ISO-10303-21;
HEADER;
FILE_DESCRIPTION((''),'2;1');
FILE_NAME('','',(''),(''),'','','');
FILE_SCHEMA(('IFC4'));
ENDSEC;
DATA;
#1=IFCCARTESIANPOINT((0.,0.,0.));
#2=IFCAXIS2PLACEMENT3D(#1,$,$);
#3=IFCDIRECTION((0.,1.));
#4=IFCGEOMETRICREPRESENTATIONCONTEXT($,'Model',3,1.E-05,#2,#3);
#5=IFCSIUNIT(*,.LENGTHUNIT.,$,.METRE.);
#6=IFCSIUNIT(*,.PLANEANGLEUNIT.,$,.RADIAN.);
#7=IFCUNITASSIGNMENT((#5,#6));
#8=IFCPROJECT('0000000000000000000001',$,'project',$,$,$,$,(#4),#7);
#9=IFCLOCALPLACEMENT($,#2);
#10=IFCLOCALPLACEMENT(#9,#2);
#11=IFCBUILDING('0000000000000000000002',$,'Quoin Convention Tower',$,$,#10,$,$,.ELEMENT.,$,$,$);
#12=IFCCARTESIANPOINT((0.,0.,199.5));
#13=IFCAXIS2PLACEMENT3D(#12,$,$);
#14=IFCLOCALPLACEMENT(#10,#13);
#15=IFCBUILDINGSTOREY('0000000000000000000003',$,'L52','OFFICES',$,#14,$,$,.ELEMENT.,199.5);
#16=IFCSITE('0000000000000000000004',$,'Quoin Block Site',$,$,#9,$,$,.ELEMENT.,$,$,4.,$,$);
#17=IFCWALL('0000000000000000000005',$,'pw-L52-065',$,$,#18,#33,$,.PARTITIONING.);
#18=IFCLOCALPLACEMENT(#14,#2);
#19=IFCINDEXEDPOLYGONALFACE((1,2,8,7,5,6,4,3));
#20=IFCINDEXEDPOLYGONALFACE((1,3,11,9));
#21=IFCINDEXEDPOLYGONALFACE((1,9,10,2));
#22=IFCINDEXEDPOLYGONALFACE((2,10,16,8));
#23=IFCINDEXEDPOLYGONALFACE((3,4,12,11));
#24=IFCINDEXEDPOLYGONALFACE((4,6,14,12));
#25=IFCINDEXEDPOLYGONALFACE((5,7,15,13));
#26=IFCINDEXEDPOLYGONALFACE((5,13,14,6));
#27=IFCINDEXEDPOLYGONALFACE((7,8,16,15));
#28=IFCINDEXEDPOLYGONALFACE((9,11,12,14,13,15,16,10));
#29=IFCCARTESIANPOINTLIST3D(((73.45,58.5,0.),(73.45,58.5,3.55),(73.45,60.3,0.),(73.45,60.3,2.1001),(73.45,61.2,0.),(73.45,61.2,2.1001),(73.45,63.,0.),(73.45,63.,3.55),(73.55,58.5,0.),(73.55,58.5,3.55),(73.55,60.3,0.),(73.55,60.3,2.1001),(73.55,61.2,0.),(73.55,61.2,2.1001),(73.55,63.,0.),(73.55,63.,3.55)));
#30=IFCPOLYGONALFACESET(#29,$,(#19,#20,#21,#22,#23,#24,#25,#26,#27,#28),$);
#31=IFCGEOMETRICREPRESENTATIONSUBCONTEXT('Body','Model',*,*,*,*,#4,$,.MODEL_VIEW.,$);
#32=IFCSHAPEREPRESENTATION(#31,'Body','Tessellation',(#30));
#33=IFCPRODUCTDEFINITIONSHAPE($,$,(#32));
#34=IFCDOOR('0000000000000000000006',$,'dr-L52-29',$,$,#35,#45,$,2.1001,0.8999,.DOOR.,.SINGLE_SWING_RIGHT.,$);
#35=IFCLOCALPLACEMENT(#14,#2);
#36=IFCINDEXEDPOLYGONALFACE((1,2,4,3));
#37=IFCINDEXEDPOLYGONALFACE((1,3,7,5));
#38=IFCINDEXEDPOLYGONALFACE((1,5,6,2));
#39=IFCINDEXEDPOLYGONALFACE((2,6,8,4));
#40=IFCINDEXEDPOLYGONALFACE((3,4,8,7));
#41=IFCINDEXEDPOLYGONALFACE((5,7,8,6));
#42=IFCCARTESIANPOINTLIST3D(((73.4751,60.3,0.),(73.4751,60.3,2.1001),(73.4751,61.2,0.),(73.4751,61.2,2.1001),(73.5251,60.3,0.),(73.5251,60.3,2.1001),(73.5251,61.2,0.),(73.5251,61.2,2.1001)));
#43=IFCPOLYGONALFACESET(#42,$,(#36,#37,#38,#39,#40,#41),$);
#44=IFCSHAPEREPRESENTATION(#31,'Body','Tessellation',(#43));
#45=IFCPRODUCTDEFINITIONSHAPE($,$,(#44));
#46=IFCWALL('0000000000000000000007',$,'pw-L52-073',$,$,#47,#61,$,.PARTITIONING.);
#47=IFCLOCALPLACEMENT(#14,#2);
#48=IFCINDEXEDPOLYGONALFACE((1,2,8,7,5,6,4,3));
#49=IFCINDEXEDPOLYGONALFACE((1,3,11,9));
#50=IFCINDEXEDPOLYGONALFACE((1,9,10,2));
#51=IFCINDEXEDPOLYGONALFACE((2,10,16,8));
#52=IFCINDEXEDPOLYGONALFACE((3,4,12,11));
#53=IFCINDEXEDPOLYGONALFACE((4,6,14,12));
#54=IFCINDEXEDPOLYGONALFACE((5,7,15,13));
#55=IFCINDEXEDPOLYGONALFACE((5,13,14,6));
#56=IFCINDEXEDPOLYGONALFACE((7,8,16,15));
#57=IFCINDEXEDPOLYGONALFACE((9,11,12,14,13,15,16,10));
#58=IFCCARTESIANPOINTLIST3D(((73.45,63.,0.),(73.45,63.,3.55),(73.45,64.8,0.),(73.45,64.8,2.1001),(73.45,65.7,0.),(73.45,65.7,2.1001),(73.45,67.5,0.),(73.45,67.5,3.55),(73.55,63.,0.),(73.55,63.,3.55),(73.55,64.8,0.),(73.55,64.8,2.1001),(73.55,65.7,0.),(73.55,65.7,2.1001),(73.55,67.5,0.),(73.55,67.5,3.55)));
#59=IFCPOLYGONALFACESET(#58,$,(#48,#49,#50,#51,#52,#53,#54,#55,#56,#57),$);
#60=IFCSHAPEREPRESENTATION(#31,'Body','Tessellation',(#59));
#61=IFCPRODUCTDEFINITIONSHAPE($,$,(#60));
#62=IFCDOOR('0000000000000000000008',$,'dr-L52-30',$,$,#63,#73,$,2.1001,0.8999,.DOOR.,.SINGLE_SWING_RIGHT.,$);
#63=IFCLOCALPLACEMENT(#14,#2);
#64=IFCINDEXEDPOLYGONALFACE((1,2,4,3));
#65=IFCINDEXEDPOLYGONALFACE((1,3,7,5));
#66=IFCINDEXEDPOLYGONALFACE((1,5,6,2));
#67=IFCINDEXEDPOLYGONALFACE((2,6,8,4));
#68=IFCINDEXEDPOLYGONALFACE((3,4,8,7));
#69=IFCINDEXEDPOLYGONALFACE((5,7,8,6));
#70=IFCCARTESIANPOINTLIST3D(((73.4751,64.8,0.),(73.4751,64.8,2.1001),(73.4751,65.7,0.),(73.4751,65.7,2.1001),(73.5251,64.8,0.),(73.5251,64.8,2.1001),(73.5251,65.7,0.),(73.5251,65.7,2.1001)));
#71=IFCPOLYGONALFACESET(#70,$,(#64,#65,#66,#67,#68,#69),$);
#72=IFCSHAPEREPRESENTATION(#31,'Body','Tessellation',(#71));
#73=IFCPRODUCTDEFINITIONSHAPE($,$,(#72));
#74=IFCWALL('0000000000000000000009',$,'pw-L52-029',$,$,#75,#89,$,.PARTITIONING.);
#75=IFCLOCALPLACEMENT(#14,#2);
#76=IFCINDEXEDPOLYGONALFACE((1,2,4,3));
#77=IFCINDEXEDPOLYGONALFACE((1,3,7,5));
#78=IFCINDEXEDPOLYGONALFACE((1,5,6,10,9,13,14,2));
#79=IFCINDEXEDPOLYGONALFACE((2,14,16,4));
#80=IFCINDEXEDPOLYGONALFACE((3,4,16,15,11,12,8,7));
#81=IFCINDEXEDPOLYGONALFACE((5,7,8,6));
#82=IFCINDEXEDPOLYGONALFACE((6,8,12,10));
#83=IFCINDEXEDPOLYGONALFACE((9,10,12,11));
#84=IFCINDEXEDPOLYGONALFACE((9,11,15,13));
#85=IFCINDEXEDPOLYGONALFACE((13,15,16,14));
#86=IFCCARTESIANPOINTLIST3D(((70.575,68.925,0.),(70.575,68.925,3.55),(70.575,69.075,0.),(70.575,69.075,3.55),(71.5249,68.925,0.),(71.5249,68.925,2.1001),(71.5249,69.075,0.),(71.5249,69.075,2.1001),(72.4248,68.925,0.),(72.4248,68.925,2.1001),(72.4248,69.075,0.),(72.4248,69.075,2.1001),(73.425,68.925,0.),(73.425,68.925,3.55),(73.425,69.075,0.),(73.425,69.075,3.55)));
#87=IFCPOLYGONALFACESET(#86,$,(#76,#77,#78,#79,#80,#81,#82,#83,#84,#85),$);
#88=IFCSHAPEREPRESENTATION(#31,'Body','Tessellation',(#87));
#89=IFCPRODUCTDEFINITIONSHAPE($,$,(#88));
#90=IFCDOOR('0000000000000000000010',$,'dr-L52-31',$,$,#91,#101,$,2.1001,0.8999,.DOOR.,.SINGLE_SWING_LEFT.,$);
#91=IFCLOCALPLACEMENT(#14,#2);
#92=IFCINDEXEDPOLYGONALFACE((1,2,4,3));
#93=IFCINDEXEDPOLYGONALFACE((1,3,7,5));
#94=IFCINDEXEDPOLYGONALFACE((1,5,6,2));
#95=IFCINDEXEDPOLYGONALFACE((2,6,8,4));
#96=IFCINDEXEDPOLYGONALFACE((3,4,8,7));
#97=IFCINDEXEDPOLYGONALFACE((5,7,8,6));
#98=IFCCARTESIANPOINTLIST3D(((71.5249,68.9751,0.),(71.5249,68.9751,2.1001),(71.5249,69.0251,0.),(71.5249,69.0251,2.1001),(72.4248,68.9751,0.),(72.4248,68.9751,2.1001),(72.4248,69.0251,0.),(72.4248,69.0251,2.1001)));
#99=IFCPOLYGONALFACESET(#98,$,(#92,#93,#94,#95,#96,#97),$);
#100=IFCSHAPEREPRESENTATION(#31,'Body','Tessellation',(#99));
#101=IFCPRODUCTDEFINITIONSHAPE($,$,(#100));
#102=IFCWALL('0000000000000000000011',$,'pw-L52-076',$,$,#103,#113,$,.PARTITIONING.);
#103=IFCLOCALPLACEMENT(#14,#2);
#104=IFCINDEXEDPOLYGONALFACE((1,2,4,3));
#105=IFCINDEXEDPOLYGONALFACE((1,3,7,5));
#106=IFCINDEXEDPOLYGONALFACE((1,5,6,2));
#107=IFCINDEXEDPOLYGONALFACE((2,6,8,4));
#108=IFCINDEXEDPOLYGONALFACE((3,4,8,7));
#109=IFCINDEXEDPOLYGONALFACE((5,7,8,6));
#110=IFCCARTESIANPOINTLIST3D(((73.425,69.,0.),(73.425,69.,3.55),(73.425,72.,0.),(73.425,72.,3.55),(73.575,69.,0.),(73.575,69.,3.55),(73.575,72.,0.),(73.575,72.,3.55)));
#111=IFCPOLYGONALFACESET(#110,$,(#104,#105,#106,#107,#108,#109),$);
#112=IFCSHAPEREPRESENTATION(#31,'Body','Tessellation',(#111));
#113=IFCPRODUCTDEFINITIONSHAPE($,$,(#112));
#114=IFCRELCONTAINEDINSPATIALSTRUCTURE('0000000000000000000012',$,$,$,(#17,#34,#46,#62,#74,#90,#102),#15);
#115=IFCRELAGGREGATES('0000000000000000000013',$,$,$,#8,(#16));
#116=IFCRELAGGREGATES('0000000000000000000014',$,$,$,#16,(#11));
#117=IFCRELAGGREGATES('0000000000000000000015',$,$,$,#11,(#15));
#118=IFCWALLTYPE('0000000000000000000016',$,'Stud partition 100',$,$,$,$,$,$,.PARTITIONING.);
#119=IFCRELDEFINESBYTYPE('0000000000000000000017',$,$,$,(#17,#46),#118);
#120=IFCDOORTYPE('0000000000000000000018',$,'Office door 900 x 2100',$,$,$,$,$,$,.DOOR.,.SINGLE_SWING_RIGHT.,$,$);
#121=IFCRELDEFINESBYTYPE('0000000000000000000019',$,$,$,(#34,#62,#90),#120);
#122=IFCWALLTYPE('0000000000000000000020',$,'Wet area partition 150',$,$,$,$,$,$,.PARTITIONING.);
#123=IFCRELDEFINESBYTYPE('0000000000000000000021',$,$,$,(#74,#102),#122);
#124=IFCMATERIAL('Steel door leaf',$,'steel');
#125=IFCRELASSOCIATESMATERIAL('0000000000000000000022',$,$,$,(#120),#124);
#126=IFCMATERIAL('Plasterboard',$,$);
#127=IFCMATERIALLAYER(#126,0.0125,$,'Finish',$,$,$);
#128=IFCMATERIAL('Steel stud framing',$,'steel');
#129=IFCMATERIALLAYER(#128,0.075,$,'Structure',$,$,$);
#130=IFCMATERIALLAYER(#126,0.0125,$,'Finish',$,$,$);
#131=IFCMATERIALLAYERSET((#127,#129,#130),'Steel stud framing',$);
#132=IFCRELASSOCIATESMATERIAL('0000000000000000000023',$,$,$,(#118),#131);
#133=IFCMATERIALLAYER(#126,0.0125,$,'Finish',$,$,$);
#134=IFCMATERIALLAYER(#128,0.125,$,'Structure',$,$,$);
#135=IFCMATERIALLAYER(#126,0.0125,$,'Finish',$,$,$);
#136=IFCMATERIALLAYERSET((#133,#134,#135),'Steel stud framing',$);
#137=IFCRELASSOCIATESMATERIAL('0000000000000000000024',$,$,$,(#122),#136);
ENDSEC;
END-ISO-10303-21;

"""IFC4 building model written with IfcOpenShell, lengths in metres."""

from ifc_helpers import new_model, si_unit, direction, frame, frame_2d, origin, place, context, subcontext, project, spatial, rectangle, extrude, material, layer, layer_set, type_object, element, fill, save


model = new_model("IFC4")

# Units and contexts
model_context = context("Model", 3, precision=1e-05, world=origin(), true_north=direction((0.0, 1.0)))
body_context = subcontext(model_context, "Body", "Model", "MODEL_VIEW")
ifc_project = project(units=[si_unit("LENGTHUNIT", "METRE"), si_unit("PLANEANGLEUNIT", "RADIAN")], contexts=[model_context])

# Site, building, storey
site_placement = place(None, origin())
site = spatial("IfcSite", under=ifc_project, at=site_placement, Name="Quoin Block Site", CompositionType="ELEMENT", RefElevation=4.0)
building_placement = place(site_placement, origin())
building = spatial("IfcBuilding", under=site, at=building_placement, Name="Quoin Convention Tower", CompositionType="ELEMENT")
storey_placement = place(building_placement, frame((0.0, 0.0, 199.5)))
storey = spatial("IfcBuildingStorey", under=building, at=storey_placement, Name="L52", Description="OFFICES", CompositionType="ELEMENT", Elevation=199.5)

# Shared definitions
ifc_material_1 = material(Name="Plasterboard")
ifc_material_2 = material(Name="Steel stud framing", Category="steel")

# Shared definitions
ifc_material_3 = material(Name="Steel door leaf", Category="steel")
door_type_1 = type_object("IfcDoorType", Name="Office door 900 x 2100", OperationType="SINGLE_SWING_RIGHT", PredefinedType="DOOR", material=ifc_material_3)

# Shared definitions
ifc_layer_1 = layer(ifc_material_1, 0.0125, Name="Finish")
ifc_layer_2 = layer(ifc_material_2, 0.075, Name="Structure")
ifc_layer_3 = layer(ifc_material_1, 0.0125, Name="Finish")
ifc_layer_set_1 = layer_set([ifc_layer_1, ifc_layer_2, ifc_layer_3], Name="Steel stud framing")
wall_type_1 = type_object("IfcWallType", Name="Stud partition 100", PredefinedType="PARTITIONING", material=ifc_layer_set_1)

# Walls, openings, doors
wall_1_placement = place(storey_placement, frame((73.5, 58.5, 0.0), z_axis=(0.0, 0.0, 1.0), x_axis=(0.0, 1.0, 0.0)))
wall_1 = element("IfcWall", 1, at=wall_1_placement, inside=storey, type_object=wall_type_1, Name="pw-L52-065", PredefinedType="PARTITIONING", context=body_context, shape_type="SweptSolid", body=[
    extrude(rectangle(XDim=4.5, YDim=0.1001, at=frame_2d((2.25, 0.0))), origin(), (0.0, 0.0, 1.0), 3.55),
])
opening_1_placement = place(wall_1_placement, frame((1.8, 0.0, 0.0)))
opening_1 = element("IfcOpeningElement", 2, at=opening_1_placement, cuts=wall_1, PredefinedType="OPENING", context=body_context, shape_type="SweptSolid", body=[
    extrude(rectangle(XDim=0.8999, YDim=2.1001, at=frame_2d((0.45, 1.05))), frame((0.0, 0.0601, 0.0), z_axis=(0.0, -1.0, 0.0), x_axis=(1.0, 0.0, 0.0)), (0.0, 0.0, 1.0), 0.1201),
])
door_1_placement = place(opening_1_placement, origin())
door_1 = element("IfcDoor", 3, at=door_1_placement, inside=storey, type_object=door_type_1, Name="dr-L52-29", OperationType="SINGLE_SWING_RIGHT", OverallHeight=2.1001, OverallWidth=0.8999, PredefinedType="DOOR", context=body_context, shape_type="SweptSolid", body=[
    extrude(rectangle(XDim=0.8999, YDim=2.1001, at=frame_2d((0.45, 1.05))), frame((0.0, 0.0249, 0.0), z_axis=(0.0, -1.0, 0.0), x_axis=(1.0, 0.0, 0.0)), (0.0, 0.0, 1.0), 0.05),
])
fill(opening_1, door_1)
wall_2_placement = place(storey_placement, frame((73.5, 63.0, 0.0), z_axis=(0.0, 0.0, 1.0), x_axis=(0.0, 1.0, 0.0)))
wall_2 = element("IfcWall", 4, at=wall_2_placement, inside=storey, type_object=wall_type_1, Name="pw-L52-073", PredefinedType="PARTITIONING", context=body_context, shape_type="SweptSolid", body=[
    extrude(rectangle(XDim=4.5, YDim=0.1001, at=frame_2d((2.25, 0.0))), origin(), (0.0, 0.0, 1.0), 3.55),
])
opening_2_placement = place(wall_2_placement, frame((1.8, 0.0, 0.0)))
opening_2 = element("IfcOpeningElement", 5, at=opening_2_placement, cuts=wall_2, PredefinedType="OPENING", context=body_context, shape_type="SweptSolid", body=[
    extrude(rectangle(XDim=0.8999, YDim=2.1001, at=frame_2d((0.45, 1.05))), frame((0.0, 0.0601, 0.0), z_axis=(0.0, -1.0, 0.0), x_axis=(1.0, 0.0, 0.0)), (0.0, 0.0, 1.0), 0.1201),
])
door_2_placement = place(opening_2_placement, origin())
door_2 = element("IfcDoor", 6, at=door_2_placement, inside=storey, type_object=door_type_1, Name="dr-L52-30", OperationType="SINGLE_SWING_RIGHT", OverallHeight=2.1001, OverallWidth=0.8999, PredefinedType="DOOR", context=body_context, shape_type="SweptSolid", body=[
    extrude(rectangle(XDim=0.8999, YDim=2.1001, at=frame_2d((0.45, 1.05))), frame((0.0, 0.0249, 0.0), z_axis=(0.0, -1.0, 0.0), x_axis=(1.0, 0.0, 0.0)), (0.0, 0.0, 1.0), 0.05),
])
fill(opening_2, door_2)
ifc_layer_4 = layer(ifc_material_1, 0.0125, Name="Finish")
ifc_layer_5 = layer(ifc_material_2, 0.125, Name="Structure")
ifc_layer_6 = layer(ifc_material_1, 0.0125, Name="Finish")
ifc_layer_set_2 = layer_set([ifc_layer_4, ifc_layer_5, ifc_layer_6], Name="Steel stud framing")
wall_type_2 = type_object("IfcWallType", Name="Wet area partition 150", PredefinedType="PARTITIONING", material=ifc_layer_set_2)
wall_3_placement = place(storey_placement, frame((70.575, 69.0, 0.0), z_axis=(0.0, 0.0, 1.0), x_axis=(1.0, 0.0, 0.0)))
wall_3 = element("IfcWall", 7, at=wall_3_placement, inside=storey, type_object=wall_type_2, Name="pw-L52-029", PredefinedType="PARTITIONING", context=body_context, shape_type="SweptSolid", body=[
    extrude(rectangle(XDim=2.8501, YDim=0.1499, at=frame_2d((1.425, 0.0))), origin(), (0.0, 0.0, 1.0), 3.55),
])
opening_3_placement = place(wall_3_placement, frame((0.95, 0.0, 0.0)))
opening_3 = element("IfcOpeningElement", 8, at=opening_3_placement, cuts=wall_3, PredefinedType="OPENING", context=body_context, shape_type="SweptSolid", body=[
    extrude(rectangle(XDim=0.8999, YDim=2.1001, at=frame_2d((0.45, 1.05))), frame((0.0, 0.085, 0.0), z_axis=(0.0, -1.0, 0.0), x_axis=(1.0, 0.0, 0.0)), (0.0, 0.0, 1.0), 0.1699),
])
door_3_placement = place(opening_3_placement, frame((0.8999, 0.0, 0.0), z_axis=(0.0, 0.0, 1.0), x_axis=(-1.0, 0.0, 0.0)))
door_3 = element("IfcDoor", 9, at=door_3_placement, inside=storey, type_object=door_type_1, Name="dr-L52-31", OperationType="SINGLE_SWING_LEFT", OverallHeight=2.1001, OverallWidth=0.8999, PredefinedType="DOOR", context=body_context, shape_type="SweptSolid", body=[
    extrude(rectangle(XDim=0.8999, YDim=2.1001, at=frame_2d((0.45, 1.05))), frame((0.0, 0.0249, 0.0), z_axis=(0.0, -1.0, 0.0), x_axis=(1.0, 0.0, 0.0)), (0.0, 0.0, 1.0), 0.05),
])
fill(opening_3, door_3)

# Wall
wall_4_placement = place(storey_placement, frame((73.5, 69.0, 0.0), z_axis=(0.0, 0.0, 1.0), x_axis=(0.0, 1.0, 0.0)))
element("IfcWall", 10, at=wall_4_placement, inside=storey, type_object=wall_type_2, Name="pw-L52-076", PredefinedType="PARTITIONING", context=body_context, shape_type="SweptSolid", body=[
    extrude(rectangle(XDim=3.0, YDim=0.1499, at=frame_2d((1.5, 0.0))), origin(), (0.0, 0.0, 1.0), 3.55),
])

save(model, "model.ifc")
